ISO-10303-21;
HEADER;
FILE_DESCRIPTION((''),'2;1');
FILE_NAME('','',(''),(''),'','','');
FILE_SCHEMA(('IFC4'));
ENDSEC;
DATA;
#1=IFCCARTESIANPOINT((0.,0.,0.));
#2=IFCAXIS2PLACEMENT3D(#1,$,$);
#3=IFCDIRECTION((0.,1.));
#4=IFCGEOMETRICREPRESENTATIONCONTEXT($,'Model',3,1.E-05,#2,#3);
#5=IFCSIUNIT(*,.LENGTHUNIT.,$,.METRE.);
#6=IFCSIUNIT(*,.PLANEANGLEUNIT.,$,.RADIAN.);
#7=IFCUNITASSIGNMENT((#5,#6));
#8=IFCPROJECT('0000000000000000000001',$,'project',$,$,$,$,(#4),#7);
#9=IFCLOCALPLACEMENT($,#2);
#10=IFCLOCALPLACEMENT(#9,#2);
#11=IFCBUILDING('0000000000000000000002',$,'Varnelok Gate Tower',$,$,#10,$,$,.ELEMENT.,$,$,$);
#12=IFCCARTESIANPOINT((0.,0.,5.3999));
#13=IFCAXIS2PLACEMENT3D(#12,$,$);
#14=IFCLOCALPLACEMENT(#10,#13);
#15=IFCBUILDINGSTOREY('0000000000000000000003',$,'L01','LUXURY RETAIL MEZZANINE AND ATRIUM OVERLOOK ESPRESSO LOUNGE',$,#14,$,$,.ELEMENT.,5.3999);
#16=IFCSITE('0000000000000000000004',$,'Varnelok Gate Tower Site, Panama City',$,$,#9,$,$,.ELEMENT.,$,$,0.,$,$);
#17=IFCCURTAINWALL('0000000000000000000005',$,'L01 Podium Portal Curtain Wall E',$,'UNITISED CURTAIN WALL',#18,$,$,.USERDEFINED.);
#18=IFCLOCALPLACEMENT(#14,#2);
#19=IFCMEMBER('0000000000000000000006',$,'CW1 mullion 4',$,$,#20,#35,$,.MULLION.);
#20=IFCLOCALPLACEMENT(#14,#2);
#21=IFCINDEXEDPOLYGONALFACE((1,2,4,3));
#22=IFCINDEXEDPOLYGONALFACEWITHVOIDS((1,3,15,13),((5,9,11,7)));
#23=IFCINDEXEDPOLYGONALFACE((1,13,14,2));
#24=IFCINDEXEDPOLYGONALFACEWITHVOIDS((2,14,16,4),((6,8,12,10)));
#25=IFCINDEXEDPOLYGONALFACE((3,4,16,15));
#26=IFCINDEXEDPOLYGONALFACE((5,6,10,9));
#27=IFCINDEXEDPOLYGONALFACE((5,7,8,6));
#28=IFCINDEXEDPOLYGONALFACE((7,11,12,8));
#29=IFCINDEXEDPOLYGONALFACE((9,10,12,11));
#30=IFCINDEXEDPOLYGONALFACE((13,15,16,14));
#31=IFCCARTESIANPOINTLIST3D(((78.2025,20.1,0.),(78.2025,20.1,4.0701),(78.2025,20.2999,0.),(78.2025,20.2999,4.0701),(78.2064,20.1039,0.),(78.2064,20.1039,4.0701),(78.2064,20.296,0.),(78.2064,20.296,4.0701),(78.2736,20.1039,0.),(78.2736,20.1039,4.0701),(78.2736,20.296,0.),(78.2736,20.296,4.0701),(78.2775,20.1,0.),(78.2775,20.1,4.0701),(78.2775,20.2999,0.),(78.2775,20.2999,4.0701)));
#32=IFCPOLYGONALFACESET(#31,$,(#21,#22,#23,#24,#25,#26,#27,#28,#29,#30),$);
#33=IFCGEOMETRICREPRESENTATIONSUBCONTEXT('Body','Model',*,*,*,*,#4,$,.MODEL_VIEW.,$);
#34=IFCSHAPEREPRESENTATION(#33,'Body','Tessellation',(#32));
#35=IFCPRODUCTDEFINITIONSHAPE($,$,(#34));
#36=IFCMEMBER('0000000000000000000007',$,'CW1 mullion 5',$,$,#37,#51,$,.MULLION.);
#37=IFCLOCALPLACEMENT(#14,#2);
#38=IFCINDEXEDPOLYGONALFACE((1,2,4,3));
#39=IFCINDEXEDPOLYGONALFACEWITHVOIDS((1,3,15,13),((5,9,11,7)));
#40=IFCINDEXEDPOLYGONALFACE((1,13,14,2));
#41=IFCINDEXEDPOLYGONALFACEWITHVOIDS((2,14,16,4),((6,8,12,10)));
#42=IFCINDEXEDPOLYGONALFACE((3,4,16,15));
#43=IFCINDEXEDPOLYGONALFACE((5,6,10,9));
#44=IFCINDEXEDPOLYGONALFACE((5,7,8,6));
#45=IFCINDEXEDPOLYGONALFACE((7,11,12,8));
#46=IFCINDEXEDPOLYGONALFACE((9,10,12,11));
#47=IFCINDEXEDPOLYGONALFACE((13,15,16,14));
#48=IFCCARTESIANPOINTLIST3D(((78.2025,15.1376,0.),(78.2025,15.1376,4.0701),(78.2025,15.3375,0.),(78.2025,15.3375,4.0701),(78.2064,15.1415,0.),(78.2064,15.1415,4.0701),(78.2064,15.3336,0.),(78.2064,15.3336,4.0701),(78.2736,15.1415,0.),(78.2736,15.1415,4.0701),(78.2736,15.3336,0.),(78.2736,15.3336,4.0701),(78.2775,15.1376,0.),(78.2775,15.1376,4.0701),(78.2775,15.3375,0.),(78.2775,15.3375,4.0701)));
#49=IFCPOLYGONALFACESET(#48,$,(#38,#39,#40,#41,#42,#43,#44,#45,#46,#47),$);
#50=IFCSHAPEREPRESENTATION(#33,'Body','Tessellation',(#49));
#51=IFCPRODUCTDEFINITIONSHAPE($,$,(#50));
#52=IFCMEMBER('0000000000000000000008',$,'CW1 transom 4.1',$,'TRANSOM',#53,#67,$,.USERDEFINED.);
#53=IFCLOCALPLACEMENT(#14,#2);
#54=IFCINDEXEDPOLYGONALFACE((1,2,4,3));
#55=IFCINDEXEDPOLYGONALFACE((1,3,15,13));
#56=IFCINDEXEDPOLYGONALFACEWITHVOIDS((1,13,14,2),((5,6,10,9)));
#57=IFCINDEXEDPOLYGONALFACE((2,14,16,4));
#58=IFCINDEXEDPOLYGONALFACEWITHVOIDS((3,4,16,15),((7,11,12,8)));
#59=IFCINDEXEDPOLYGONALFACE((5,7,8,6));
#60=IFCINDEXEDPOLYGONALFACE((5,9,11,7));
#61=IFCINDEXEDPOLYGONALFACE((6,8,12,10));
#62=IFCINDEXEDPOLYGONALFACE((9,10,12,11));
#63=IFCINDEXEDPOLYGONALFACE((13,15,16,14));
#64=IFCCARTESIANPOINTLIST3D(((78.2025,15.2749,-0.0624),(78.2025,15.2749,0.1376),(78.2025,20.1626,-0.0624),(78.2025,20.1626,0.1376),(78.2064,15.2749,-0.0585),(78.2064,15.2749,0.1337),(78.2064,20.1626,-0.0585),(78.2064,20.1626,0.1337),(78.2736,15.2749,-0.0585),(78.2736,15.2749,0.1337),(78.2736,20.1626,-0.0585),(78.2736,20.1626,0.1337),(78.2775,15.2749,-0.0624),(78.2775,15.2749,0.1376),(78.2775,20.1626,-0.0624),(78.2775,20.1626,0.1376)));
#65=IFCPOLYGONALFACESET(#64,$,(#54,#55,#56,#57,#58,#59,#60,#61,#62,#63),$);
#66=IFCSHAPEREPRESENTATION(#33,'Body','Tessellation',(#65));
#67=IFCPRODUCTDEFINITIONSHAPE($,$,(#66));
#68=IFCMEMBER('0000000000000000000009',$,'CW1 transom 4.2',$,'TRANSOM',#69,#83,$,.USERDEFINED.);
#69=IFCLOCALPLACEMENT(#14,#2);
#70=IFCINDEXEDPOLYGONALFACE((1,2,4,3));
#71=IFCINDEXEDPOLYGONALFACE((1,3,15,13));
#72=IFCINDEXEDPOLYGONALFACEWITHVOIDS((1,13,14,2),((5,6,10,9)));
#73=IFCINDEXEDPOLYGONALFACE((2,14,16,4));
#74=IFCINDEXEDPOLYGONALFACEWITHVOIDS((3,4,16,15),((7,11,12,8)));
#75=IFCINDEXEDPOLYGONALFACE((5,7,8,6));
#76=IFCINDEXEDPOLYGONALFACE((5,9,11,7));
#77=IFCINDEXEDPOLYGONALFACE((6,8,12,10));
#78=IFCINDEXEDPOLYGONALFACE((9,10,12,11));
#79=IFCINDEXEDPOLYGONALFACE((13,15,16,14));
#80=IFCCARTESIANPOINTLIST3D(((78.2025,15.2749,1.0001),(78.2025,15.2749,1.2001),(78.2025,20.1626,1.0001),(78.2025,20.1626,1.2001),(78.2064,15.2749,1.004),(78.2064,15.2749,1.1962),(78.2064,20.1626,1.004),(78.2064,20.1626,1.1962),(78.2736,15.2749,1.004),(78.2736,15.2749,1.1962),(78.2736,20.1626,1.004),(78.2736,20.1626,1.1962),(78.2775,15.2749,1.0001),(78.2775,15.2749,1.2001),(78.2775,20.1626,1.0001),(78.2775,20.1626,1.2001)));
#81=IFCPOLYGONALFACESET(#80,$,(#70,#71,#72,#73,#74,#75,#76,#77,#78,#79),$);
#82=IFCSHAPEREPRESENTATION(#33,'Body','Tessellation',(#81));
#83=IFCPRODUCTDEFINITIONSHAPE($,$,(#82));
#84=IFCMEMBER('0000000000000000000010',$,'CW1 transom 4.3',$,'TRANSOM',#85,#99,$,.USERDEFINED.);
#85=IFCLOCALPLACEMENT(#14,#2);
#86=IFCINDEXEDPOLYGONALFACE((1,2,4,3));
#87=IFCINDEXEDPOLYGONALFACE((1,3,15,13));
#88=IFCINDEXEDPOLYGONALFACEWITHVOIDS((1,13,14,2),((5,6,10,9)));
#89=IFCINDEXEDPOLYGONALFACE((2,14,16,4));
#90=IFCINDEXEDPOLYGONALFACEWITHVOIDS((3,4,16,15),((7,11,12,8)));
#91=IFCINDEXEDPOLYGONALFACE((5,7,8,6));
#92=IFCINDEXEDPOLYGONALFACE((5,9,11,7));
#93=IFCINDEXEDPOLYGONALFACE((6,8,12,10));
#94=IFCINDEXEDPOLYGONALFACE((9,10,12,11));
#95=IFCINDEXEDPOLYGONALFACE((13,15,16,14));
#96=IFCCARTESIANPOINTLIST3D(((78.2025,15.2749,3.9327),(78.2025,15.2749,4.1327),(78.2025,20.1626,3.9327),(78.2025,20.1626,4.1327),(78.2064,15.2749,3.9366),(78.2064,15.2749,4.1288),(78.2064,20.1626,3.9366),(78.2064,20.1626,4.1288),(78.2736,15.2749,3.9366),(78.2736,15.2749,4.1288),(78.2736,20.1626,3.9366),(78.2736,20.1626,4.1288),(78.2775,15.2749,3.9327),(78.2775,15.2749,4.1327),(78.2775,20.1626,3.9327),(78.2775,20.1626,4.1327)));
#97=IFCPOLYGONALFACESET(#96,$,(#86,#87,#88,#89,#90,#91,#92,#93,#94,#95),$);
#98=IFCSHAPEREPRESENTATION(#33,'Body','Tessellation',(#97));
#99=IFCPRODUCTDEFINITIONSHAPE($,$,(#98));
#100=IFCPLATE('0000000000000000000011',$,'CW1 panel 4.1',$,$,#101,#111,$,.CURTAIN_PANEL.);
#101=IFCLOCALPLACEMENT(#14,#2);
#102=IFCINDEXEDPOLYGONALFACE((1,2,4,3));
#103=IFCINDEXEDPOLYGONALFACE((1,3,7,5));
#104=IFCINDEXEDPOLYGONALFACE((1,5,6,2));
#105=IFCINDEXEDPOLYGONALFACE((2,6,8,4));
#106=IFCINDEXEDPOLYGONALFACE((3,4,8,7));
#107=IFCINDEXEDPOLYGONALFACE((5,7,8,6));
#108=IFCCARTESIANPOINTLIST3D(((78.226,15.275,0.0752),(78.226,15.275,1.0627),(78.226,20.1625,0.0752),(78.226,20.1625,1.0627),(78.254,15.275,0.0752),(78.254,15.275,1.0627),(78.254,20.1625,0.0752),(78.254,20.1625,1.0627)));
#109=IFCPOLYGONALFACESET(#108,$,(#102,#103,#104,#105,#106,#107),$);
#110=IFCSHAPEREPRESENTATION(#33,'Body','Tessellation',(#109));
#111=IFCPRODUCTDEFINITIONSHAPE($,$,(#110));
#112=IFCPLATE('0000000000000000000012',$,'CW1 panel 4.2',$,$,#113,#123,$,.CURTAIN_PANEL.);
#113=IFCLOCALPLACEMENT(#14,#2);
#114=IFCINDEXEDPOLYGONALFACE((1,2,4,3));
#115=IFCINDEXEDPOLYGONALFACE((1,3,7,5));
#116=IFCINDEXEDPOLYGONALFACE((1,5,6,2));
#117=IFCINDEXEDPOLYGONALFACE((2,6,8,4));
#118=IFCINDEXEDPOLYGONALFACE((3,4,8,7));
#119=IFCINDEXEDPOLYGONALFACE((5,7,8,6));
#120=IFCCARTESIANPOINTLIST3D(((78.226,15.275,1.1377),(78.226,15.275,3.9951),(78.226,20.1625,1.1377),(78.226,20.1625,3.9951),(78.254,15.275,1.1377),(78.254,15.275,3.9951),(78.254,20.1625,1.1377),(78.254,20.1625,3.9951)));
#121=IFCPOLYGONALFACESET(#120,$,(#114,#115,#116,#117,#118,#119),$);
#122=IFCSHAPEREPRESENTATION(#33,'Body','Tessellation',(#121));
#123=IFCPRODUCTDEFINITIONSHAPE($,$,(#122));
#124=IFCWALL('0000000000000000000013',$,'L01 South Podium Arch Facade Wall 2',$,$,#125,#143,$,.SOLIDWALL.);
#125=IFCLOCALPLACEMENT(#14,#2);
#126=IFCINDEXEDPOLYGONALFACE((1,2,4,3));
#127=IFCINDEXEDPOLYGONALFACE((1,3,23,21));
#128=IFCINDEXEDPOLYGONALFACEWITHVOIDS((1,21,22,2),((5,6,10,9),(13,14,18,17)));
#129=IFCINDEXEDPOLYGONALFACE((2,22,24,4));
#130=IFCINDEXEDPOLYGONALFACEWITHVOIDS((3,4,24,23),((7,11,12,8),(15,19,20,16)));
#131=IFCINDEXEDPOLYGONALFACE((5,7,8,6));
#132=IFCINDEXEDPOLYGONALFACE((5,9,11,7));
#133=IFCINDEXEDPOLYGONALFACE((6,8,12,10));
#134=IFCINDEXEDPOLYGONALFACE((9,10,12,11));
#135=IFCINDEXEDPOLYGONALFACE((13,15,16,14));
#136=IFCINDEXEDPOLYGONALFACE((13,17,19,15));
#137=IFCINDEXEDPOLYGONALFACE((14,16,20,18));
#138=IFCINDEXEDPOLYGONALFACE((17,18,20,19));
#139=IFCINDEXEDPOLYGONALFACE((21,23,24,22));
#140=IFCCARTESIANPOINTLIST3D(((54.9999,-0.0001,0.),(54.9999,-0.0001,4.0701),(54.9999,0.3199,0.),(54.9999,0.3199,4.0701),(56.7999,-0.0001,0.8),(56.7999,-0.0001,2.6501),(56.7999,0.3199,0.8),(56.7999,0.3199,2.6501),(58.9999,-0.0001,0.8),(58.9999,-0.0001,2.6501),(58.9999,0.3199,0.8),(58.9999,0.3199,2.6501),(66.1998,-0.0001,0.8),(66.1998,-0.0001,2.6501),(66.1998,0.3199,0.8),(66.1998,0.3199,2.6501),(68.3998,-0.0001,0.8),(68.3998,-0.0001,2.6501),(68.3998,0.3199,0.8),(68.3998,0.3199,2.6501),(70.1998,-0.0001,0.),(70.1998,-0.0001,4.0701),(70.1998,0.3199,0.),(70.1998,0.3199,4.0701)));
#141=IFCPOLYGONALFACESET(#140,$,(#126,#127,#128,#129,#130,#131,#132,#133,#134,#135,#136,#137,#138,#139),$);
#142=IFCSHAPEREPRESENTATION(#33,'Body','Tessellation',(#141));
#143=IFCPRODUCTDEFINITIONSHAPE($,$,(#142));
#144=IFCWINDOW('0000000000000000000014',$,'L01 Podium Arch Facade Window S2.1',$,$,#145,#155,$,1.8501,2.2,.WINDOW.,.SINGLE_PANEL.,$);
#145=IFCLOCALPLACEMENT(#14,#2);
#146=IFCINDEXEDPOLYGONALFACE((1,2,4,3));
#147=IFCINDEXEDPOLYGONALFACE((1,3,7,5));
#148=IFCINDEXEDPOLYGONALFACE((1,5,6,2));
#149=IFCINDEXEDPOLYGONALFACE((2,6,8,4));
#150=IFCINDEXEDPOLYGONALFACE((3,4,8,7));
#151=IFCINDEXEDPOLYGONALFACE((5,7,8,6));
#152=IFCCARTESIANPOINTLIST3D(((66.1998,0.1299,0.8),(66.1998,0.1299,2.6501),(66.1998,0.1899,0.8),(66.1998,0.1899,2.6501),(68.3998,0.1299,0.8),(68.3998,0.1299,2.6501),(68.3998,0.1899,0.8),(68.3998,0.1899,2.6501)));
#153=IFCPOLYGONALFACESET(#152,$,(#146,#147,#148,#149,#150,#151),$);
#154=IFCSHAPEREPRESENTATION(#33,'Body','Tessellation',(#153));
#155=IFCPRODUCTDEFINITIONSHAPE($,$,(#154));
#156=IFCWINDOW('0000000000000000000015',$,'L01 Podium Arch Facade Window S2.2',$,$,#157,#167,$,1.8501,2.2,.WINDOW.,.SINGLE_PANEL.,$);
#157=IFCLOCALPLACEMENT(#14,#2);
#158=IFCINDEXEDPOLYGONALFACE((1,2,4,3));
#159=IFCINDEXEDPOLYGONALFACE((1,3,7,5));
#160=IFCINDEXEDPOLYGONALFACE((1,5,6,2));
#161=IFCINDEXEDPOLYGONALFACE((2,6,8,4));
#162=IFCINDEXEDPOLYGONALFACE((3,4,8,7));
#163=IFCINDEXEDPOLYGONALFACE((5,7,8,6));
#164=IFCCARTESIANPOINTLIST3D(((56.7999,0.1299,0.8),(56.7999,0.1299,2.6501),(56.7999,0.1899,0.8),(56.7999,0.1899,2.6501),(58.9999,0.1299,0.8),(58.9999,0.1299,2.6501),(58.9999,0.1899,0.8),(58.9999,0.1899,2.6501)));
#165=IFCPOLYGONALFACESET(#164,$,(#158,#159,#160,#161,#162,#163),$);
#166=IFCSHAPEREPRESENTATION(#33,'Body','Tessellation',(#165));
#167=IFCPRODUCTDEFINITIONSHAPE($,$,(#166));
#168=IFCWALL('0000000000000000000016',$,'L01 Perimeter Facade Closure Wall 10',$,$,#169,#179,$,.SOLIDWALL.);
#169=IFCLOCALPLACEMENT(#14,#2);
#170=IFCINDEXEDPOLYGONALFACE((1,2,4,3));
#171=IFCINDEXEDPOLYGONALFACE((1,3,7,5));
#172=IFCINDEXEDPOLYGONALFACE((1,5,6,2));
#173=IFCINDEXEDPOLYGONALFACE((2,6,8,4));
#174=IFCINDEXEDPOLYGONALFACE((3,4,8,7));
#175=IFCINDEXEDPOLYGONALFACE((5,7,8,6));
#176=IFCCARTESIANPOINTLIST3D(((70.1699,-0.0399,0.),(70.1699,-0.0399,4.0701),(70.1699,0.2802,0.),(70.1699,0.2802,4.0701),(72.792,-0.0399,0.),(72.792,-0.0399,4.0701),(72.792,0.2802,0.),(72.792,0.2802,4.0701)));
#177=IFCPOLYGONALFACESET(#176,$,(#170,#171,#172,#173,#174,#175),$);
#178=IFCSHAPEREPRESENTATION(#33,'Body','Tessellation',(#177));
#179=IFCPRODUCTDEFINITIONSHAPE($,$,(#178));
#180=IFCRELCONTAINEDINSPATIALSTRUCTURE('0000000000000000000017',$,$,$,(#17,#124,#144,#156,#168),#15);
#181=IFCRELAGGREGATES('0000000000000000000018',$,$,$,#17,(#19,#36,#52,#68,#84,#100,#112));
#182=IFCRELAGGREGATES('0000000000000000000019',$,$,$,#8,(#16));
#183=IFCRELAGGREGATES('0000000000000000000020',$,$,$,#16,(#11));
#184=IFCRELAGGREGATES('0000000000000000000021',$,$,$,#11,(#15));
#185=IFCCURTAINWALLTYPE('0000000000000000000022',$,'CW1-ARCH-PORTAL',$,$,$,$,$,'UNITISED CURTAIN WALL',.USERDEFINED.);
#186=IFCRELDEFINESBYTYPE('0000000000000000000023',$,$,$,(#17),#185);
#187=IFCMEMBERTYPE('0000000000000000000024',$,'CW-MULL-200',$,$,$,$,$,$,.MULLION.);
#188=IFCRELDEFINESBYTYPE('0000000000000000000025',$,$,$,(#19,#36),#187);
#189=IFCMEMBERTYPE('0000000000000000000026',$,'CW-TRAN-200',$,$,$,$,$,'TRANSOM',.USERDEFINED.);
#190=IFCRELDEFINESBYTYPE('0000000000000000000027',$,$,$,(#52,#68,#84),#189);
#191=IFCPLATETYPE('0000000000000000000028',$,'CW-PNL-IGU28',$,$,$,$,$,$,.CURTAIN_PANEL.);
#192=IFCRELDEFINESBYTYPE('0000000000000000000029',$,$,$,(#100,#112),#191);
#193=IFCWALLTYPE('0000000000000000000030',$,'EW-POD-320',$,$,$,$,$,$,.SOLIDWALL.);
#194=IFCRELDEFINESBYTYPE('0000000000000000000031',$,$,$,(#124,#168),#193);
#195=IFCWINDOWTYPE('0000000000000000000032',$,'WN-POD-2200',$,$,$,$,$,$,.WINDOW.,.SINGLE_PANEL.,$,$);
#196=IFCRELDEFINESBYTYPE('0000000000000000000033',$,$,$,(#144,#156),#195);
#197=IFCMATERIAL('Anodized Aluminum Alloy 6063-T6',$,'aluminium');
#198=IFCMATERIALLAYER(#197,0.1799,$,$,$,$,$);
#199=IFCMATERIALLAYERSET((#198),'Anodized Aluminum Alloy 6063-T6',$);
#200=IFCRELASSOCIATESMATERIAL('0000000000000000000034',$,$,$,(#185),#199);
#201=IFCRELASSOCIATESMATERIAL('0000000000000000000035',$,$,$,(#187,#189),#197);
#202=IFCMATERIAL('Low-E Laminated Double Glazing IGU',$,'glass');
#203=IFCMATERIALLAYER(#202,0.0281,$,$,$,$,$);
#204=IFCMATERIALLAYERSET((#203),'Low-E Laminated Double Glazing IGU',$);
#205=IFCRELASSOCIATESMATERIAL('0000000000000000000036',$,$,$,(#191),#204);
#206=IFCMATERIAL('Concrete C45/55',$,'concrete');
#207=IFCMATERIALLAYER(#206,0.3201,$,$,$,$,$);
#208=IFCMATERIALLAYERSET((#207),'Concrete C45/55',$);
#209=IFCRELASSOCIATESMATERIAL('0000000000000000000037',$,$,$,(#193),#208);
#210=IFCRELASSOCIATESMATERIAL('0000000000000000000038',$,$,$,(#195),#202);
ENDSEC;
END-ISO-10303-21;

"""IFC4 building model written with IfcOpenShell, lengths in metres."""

from ifc_helpers import new_model, si_unit, direction, frame, frame_2d, origin, origin_2d, place, context, subcontext, project, spatial, rectangle, hollow_rectangle, extrude, source, transform, mapped, material, layer, layer_set, material_profile, profile_set, type_object, element, fill, aggregate, save


model = new_model("IFC4")

# Units and contexts
model_context = context("Model", 3, precision=1e-05, world=origin(), true_north=direction((0.0, 1.0)))
body_context = subcontext(model_context, "Body", "Model", "MODEL_VIEW")
ifc_project = project(units=[si_unit("LENGTHUNIT", "METRE"), si_unit("PLANEANGLEUNIT", "RADIAN")], contexts=[model_context])

# Site, building, storey
site_placement = place(None, origin())
site = spatial("IfcSite", under=ifc_project, at=site_placement, Name="Varnelok Gate Tower Site, Panama City", CompositionType="ELEMENT", RefElevation=0.0)
building_placement = place(site_placement, origin())
building = spatial("IfcBuilding", under=site, at=building_placement, Name="Varnelok Gate Tower", CompositionType="ELEMENT")
storey_placement = place(building_placement, frame((0.0, 0.0, 5.3999)))
storey = spatial("IfcBuildingStorey", under=building, at=storey_placement, Name="L01", Description="LUXURY RETAIL MEZZANINE AND ATRIUM OVERLOOK ESPRESSO LOUNGE", CompositionType="ELEMENT", Elevation=5.3999)

# Curtain wall, members, plates
ifc_material_1 = material(Name="Anodized Aluminum Alloy 6063-T6", Category="aluminium")
ifc_layer_1 = layer(ifc_material_1, 0.1799)
ifc_layer_set_1 = layer_set([ifc_layer_1], Name="Anodized Aluminum Alloy 6063-T6")
curtain_wall_type = type_object("IfcCurtainWallType", Name="CW1-ARCH-PORTAL", ElementType="UNITISED CURTAIN WALL", PredefinedType="USERDEFINED", material=ifc_layer_set_1)
curtain_wall_placement = place(storey_placement, origin())
curtain_wall = element("IfcCurtainWall", 1, at=curtain_wall_placement, inside=storey, type_object=curtain_wall_type, Name="L01 Podium Portal Curtain Wall E", ObjectType="UNITISED CURTAIN WALL", PredefinedType="USERDEFINED")
ifc_material_profile_1 = material_profile(ifc_material_1, hollow_rectangle(XDim=0.075, YDim=0.2, WallThickness=0.0039, at=origin_2d()), Name="ALU200X75X4")
ifc_profile_set_1 = profile_set([ifc_material_profile_1], Name="Anodized Aluminum Alloy 6063-T6")
member_type_1 = type_object("IfcMemberType", Name="CW-MULL-200", PredefinedType="MULLION", material=ifc_profile_set_1)
member_1_placement = place(storey_placement, frame((78.24, 20.2, 0.0), z_axis=(0.0, 0.0, 1.0), x_axis=(1.0, 0.0, 0.0)))
member_1 = element("IfcMember", 2, at=member_1_placement, type_object=member_type_1, Name="CW1 mullion 4", PredefinedType="MULLION", context=body_context, shape_type="SweptSolid", body=[
    extrude(hollow_rectangle(XDim=0.075, YDim=0.2, WallThickness=0.0039, at=origin_2d()), origin(), (0.0, 0.0, 1.0), 4.0701),
])
member_2_placement = place(storey_placement, frame((78.24, 15.2375, 0.0), z_axis=(0.0, 0.0, 1.0), x_axis=(1.0, 0.0, 0.0)))
member_2 = element("IfcMember", 3, at=member_2_placement, type_object=member_type_1, Name="CW1 mullion 5", PredefinedType="MULLION", context=body_context, shape_type="SweptSolid", body=[
    extrude(hollow_rectangle(XDim=0.075, YDim=0.2, WallThickness=0.0039, at=origin_2d()), origin(), (0.0, 0.0, 1.0), 4.0701),
])
ifc_material_profile_2 = material_profile(ifc_material_1, hollow_rectangle(XDim=0.075, YDim=0.2, WallThickness=0.0039, at=origin_2d()), Name="ALU200X75X4")
ifc_profile_set_2 = profile_set([ifc_material_profile_2], Name="Anodized Aluminum Alloy 6063-T6")
member_type_2 = type_object("IfcMemberType", Name="CW-TRAN-200", ElementType="TRANSOM", PredefinedType="USERDEFINED", material=ifc_profile_set_2)
member_3_placement = place(storey_placement, frame((78.24, 20.1626, 0.0376), z_axis=(0.0, -1.0, 0.0), x_axis=(1.0, 0.0, 0.0)))
member_3 = element("IfcMember", 4, at=member_3_placement, type_object=member_type_2, Name="CW1 transom 4.1", ObjectType="TRANSOM", PredefinedType="USERDEFINED", context=body_context, shape_type="SweptSolid", body=[
    extrude(hollow_rectangle(XDim=0.075, YDim=0.2, WallThickness=0.0039, at=origin_2d()), origin(), (0.0, 0.0, 1.0), 4.8877),
])
member_4_placement = place(storey_placement, frame((78.24, 20.1626, 1.1001), z_axis=(0.0, -1.0, 0.0), x_axis=(1.0, 0.0, 0.0)))
member_4 = element("IfcMember", 5, at=member_4_placement, type_object=member_type_2, Name="CW1 transom 4.2", ObjectType="TRANSOM", PredefinedType="USERDEFINED", context=body_context, shape_type="SweptSolid", body=[
    extrude(hollow_rectangle(XDim=0.075, YDim=0.2, WallThickness=0.0039, at=origin_2d()), origin(), (0.0, 0.0, 1.0), 4.8877),
])
member_5_placement = place(storey_placement, frame((78.24, 20.1626, 4.0327), z_axis=(0.0, -1.0, 0.0), x_axis=(1.0, 0.0, 0.0)))
member_5 = element("IfcMember", 6, at=member_5_placement, type_object=member_type_2, Name="CW1 transom 4.3", ObjectType="TRANSOM", PredefinedType="USERDEFINED", context=body_context, shape_type="SweptSolid", body=[
    extrude(hollow_rectangle(XDim=0.075, YDim=0.2, WallThickness=0.0039, at=origin_2d()), origin(), (0.0, 0.0, 1.0), 4.8877),
])
ifc_material_2 = material(Name="Low-E Laminated Double Glazing IGU", Category="glass")
ifc_layer_2 = layer(ifc_material_2, 0.0281)
ifc_layer_set_2 = layer_set([ifc_layer_2], Name="Low-E Laminated Double Glazing IGU")
plate_type = type_object("IfcPlateType", Name="CW-PNL-IGU28", PredefinedType="CURTAIN_PANEL", material=ifc_layer_set_2)
shared_shape_1 = source(origin(), body_context, "Body", "SweptSolid", [
    extrude(rectangle(XDim=4.8875, YDim=0.0281, at=origin_2d()), origin(), (0.0, 0.0, 1.0), 0.9875),
])
plate_1_placement = place(storey_placement, frame((78.24, 17.7188, 0.0752), z_axis=(0.0, 0.0, 1.0), x_axis=(0.0, -1.0, 0.0)))
plate_1 = element("IfcPlate", 7, at=plate_1_placement, type_object=plate_type, Name="CW1 panel 4.1", PredefinedType="CURTAIN_PANEL", context=body_context, shape_type="MappedRepresentation", body=[
    mapped(shared_shape_1, transform((0.0, 0.0, 0.0), scale=1.0)),
])
shared_shape_2 = source(origin(), body_context, "Body", "SweptSolid", [
    extrude(rectangle(XDim=4.8875, YDim=0.0281, at=origin_2d()), origin(), (0.0, 0.0, 1.0), 2.8574),
])
plate_2_placement = place(storey_placement, frame((78.24, 17.7188, 1.1377), z_axis=(0.0, 0.0, 1.0), x_axis=(0.0, -1.0, 0.0)))
plate_2 = element("IfcPlate", 8, at=plate_2_placement, type_object=plate_type, Name="CW1 panel 4.2", PredefinedType="CURTAIN_PANEL", context=body_context, shape_type="MappedRepresentation", body=[
    mapped(shared_shape_2, transform((0.0, 0.0, 0.0), scale=1.0)),
])
aggregate(curtain_wall, [member_1, member_2, member_3, member_4, member_5, plate_1, plate_2])

# Wall, openings, windows
ifc_material_3 = material(Name="Concrete C45/55", Category="concrete")
ifc_layer_3 = layer(ifc_material_3, 0.3201)
ifc_layer_set_3 = layer_set([ifc_layer_3], Name="Concrete C45/55")
wall_type = type_object("IfcWallType", Name="EW-POD-320", PredefinedType="SOLIDWALL", material=ifc_layer_set_3)
wall_1_placement = place(storey_placement, frame((70.2, 0.1599, 0.0), z_axis=(0.0, 0.0, 1.0), x_axis=(-1.0, 0.0, 0.0)))
wall_1 = element("IfcWall", 9, at=wall_1_placement, inside=storey, type_object=wall_type, Name="L01 South Podium Arch Facade Wall 2", PredefinedType="SOLIDWALL", context=body_context, shape_type="SweptSolid", body=[
    extrude(rectangle(XDim=15.2, YDim=0.3201, at=frame_2d((7.6001, 0.0))), origin(), (0.0, 0.0, 1.0), 4.0701),
])
opening_1_placement = place(wall_1_placement, frame((1.8, 0.0, 0.8)))
opening_1 = element("IfcOpeningElement", 10, at=opening_1_placement, cuts=wall_1, PredefinedType="OPENING", context=body_context, shape_type="SweptSolid", body=[
    extrude(rectangle(XDim=2.2, YDim=1.8501, at=frame_2d((1.1001, 0.925))), frame((0.0, 0.1699, 0.0), z_axis=(0.0, -1.0, 0.0), x_axis=(1.0, 0.0, 0.0)), (0.0, 0.0, 1.0), 0.3401),
])
opening_2_placement = place(wall_1_placement, frame((11.2, 0.0, 0.8)))
opening_2 = element("IfcOpeningElement", 11, at=opening_2_placement, cuts=wall_1, PredefinedType="OPENING", context=body_context, shape_type="SweptSolid", body=[
    extrude(rectangle(XDim=2.2, YDim=1.8501, at=frame_2d((1.1001, 0.925))), frame((0.0, 0.1699, 0.0), z_axis=(0.0, -1.0, 0.0), x_axis=(1.0, 0.0, 0.0)), (0.0, 0.0, 1.0), 0.3401),
])
window_type_1 = type_object("IfcWindowType", Name="WN-POD-2200", PartitioningType="SINGLE_PANEL", PredefinedType="WINDOW", material=ifc_material_2)
window_1_placement = place(opening_1_placement, origin())
window_1 = element("IfcWindow", 12, at=window_1_placement, inside=storey, type_object=window_type_1, Name="L01 Podium Arch Facade Window S2.1", OverallHeight=1.8501, OverallWidth=2.2, PartitioningType="SINGLE_PANEL", PredefinedType="WINDOW", context=body_context, shape_type="SweptSolid", body=[
    extrude(rectangle(XDim=2.2, YDim=1.8501, at=frame_2d((1.1001, 0.925))), frame((0.0, 0.03, 0.0), z_axis=(0.0, -1.0, 0.0), x_axis=(1.0, 0.0, 0.0)), (0.0, 0.0, 1.0), 0.0601),
])
fill(opening_1, window_1)
window_2_placement = place(opening_2_placement, origin())
window_2 = element("IfcWindow", 13, at=window_2_placement, inside=storey, type_object=window_type_1, Name="L01 Podium Arch Facade Window S2.2", OverallHeight=1.8501, OverallWidth=2.2, PartitioningType="SINGLE_PANEL", PredefinedType="WINDOW", context=body_context, shape_type="SweptSolid", body=[
    extrude(rectangle(XDim=2.2, YDim=1.8501, at=frame_2d((1.1001, 0.925))), frame((0.0, 0.03, 0.0), z_axis=(0.0, -1.0, 0.0), x_axis=(1.0, 0.0, 0.0)), (0.0, 0.0, 1.0), 0.0601),
])
fill(opening_2, window_2)

# Wall
wall_2_placement = place(storey_placement, frame((70.1699, 0.1201, 0.0), z_axis=(0.0, 0.0, 1.0), x_axis=(1.0, 0.0, 0.0)))
element("IfcWall", 14, at=wall_2_placement, inside=storey, type_object=wall_type, Name="L01 Perimeter Facade Closure Wall 10", PredefinedType="SOLIDWALL", context=body_context, shape_type="SweptSolid", body=[
    extrude(rectangle(XDim=2.6221, YDim=0.3201, at=frame_2d((1.311, 0.0))), origin(), (0.0, 0.0, 1.0), 4.0701),
])

save(model, "model.ifc")
